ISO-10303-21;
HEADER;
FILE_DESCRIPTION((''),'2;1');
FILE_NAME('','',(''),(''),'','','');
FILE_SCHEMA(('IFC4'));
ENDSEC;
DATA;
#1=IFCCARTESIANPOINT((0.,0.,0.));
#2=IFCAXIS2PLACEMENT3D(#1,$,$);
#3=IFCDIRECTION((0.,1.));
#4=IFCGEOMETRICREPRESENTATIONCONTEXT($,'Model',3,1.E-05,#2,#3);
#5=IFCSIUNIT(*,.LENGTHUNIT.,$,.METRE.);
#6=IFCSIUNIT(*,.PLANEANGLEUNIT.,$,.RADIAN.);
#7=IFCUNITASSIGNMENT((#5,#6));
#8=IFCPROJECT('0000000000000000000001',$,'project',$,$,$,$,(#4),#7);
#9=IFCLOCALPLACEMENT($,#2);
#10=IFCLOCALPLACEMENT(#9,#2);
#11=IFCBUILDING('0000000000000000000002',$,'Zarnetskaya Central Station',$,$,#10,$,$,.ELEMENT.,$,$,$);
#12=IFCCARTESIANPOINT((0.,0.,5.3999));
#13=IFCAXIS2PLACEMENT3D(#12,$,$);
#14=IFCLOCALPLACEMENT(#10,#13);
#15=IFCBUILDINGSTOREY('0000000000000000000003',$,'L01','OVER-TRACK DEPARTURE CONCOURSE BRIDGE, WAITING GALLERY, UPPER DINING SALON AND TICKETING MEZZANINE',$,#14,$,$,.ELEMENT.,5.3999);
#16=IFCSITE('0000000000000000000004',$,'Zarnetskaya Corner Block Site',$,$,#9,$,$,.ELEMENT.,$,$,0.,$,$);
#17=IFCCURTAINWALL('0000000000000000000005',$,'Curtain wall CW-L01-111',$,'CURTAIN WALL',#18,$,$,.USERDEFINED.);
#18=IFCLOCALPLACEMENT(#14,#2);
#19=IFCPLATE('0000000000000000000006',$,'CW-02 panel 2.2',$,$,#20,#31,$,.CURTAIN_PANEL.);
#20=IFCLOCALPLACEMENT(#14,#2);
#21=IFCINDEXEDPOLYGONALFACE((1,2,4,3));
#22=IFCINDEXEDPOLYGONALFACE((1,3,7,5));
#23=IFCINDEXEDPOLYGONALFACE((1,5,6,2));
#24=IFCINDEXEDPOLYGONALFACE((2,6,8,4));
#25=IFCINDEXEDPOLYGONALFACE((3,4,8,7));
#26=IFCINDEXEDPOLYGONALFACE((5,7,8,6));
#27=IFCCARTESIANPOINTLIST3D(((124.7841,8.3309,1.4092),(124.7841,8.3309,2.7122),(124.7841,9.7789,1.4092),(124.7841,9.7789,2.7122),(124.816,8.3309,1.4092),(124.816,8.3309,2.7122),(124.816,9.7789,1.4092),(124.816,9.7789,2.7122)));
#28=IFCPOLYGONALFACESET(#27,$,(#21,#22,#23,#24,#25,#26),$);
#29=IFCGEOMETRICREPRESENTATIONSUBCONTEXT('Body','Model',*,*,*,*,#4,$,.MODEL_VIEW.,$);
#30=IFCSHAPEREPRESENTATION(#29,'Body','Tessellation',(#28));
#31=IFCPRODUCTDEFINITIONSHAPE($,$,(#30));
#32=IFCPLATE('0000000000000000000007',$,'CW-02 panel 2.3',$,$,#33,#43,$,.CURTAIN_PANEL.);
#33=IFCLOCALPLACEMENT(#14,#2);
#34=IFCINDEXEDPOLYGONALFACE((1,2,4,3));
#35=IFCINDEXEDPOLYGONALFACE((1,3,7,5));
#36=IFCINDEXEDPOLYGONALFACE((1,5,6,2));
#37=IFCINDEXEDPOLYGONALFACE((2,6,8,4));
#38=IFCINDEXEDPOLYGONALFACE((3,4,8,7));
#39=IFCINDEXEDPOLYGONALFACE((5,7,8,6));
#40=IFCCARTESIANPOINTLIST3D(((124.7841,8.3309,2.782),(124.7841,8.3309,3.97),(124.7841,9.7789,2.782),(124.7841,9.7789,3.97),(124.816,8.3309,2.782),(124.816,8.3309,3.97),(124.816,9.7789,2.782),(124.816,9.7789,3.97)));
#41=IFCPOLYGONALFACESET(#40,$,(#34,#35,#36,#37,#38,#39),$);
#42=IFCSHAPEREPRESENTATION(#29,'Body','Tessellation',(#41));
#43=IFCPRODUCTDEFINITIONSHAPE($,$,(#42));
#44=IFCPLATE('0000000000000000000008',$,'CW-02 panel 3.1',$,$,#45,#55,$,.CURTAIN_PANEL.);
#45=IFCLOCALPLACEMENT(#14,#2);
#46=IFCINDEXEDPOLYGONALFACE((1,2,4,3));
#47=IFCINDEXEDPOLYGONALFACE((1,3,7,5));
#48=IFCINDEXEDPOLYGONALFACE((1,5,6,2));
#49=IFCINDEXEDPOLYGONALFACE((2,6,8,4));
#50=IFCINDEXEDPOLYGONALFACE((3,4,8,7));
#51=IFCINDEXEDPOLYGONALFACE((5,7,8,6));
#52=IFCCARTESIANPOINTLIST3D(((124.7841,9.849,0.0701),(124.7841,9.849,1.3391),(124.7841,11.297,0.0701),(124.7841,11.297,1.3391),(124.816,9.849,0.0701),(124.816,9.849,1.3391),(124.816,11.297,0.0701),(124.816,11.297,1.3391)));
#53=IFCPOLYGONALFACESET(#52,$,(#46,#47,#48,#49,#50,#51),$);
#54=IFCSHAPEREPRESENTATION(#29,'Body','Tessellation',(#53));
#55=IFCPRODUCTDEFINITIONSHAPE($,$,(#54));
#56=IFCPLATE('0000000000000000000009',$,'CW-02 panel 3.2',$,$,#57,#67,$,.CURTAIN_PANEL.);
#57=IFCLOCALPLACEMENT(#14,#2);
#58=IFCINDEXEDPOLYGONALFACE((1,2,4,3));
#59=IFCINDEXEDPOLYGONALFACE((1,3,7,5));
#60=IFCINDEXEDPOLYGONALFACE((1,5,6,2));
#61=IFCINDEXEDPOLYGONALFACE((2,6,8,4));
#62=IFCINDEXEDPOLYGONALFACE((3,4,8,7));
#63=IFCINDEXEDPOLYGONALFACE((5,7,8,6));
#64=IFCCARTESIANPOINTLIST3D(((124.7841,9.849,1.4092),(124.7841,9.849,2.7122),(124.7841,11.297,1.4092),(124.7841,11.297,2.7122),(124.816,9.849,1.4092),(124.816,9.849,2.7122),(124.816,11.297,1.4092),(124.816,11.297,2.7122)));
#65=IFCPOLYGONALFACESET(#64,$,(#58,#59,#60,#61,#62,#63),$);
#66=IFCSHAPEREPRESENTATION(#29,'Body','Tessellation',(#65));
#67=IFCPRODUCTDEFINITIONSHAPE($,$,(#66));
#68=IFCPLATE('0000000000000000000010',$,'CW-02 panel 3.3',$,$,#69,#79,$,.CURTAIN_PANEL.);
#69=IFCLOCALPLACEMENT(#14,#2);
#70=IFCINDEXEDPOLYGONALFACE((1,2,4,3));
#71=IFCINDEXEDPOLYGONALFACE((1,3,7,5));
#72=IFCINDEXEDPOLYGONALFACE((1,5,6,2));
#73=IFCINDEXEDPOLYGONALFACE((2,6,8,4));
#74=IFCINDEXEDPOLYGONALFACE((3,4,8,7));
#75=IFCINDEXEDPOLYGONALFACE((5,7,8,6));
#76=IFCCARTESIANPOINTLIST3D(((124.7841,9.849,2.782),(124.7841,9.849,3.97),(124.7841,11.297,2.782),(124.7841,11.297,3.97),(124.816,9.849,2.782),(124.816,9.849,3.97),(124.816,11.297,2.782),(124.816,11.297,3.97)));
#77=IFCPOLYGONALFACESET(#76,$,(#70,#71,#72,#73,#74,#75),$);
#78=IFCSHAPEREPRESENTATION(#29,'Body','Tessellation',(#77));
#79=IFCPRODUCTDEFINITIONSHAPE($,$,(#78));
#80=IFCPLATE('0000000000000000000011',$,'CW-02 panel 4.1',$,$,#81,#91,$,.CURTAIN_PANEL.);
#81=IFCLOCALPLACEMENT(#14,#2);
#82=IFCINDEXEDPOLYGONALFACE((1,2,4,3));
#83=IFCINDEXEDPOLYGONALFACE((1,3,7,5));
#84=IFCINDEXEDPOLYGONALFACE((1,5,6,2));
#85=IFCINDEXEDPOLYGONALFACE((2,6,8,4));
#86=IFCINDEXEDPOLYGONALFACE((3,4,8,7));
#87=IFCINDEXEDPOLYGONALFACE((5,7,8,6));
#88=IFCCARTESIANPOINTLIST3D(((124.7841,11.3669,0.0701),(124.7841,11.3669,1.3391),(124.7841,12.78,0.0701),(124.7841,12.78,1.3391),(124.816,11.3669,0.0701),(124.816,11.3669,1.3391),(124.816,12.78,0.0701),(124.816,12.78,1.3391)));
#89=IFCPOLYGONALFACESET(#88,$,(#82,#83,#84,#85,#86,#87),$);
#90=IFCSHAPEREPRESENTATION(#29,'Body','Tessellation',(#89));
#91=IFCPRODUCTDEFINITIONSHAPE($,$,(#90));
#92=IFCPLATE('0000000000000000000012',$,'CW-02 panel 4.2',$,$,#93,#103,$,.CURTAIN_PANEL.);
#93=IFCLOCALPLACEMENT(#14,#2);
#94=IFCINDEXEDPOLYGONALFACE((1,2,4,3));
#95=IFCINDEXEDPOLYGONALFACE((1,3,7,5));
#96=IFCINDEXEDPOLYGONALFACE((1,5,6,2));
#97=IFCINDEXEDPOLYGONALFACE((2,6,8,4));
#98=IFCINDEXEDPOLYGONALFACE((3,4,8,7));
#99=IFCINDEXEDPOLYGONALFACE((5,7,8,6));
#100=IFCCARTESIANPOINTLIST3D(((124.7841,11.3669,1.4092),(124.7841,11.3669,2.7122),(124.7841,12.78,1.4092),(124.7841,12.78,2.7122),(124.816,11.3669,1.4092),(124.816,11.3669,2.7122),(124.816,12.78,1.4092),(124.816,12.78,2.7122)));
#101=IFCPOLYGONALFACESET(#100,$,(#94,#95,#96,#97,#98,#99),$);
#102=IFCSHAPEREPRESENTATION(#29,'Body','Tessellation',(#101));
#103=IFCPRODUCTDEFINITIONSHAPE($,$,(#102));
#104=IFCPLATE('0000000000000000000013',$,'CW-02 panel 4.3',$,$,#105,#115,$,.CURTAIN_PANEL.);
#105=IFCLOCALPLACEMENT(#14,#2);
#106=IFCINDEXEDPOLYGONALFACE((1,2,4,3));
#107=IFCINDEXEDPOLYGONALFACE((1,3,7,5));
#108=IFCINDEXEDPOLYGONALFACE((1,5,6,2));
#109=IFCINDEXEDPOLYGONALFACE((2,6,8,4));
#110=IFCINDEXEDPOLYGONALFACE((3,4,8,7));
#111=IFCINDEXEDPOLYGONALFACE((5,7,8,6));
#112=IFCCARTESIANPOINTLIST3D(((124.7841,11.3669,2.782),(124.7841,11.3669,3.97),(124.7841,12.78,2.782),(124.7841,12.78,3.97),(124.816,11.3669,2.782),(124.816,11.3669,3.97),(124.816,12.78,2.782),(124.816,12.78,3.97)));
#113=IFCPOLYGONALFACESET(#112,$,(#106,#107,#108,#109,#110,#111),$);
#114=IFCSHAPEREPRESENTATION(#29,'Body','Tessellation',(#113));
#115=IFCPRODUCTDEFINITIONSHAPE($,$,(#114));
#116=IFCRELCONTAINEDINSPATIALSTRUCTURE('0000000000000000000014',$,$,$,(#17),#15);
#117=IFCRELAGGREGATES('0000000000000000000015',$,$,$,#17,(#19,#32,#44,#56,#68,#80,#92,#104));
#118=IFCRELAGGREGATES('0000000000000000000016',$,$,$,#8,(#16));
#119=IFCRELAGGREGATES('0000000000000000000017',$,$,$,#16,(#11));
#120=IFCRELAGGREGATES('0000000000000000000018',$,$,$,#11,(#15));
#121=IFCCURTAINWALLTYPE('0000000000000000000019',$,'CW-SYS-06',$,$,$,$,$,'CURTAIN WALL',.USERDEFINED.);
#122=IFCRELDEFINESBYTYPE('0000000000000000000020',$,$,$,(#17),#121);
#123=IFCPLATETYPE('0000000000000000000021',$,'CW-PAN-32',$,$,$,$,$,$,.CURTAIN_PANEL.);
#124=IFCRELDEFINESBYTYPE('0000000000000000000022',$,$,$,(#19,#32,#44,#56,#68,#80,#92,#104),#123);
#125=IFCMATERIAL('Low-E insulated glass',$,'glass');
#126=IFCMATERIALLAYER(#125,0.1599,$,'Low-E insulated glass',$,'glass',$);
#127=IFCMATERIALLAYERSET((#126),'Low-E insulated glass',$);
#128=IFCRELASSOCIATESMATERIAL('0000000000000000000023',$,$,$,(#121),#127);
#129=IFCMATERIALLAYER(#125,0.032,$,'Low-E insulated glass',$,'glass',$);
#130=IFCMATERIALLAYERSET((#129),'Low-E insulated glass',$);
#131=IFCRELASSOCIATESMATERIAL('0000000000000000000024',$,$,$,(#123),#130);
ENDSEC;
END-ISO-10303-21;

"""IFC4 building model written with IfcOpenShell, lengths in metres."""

from ifc_helpers import new_model, si_unit, direction, frame, origin, origin_2d, place, context, subcontext, project, spatial, rectangle, extrude, material, layer, layer_set, type_object, element, aggregate, save


model = new_model("IFC4")

# Units and contexts
model_context = context("Model", 3, precision=1e-05, world=origin(), true_north=direction((0.0, 1.0)))
body_context = subcontext(model_context, "Body", "Model", "MODEL_VIEW")
ifc_project = project(units=[si_unit("LENGTHUNIT", "METRE"), si_unit("PLANEANGLEUNIT", "RADIAN")], contexts=[model_context])

# Site, building, storey
site_placement = place(None, origin())
site = spatial("IfcSite", under=ifc_project, at=site_placement, Name="Zarnetskaya Corner Block Site", CompositionType="ELEMENT", RefElevation=0.0)
building_placement = place(site_placement, origin())
building = spatial("IfcBuilding", under=site, at=building_placement, Name="Zarnetskaya Central Station", CompositionType="ELEMENT")
storey_placement = place(building_placement, frame((0.0, 0.0, 5.3999)))
storey = spatial("IfcBuildingStorey", under=building, at=storey_placement, Name="L01", Description="OVER-TRACK DEPARTURE CONCOURSE BRIDGE, WAITING GALLERY, UPPER DINING SALON AND TICKETING MEZZANINE", CompositionType="ELEMENT", Elevation=5.3999)

# Curtain wall
ifc_material_1 = material(Name="Low-E insulated glass", Category="glass")
ifc_layer_1 = layer(ifc_material_1, 0.1599, Name="Low-E insulated glass", Category="glass")
ifc_layer_set_1 = layer_set([ifc_layer_1], Name="Low-E insulated glass")
curtain_wall_type = type_object("IfcCurtainWallType", Name="CW-SYS-06", ElementType="CURTAIN WALL", PredefinedType="USERDEFINED", material=ifc_layer_set_1)
curtain_wall_placement = place(storey_placement, origin())
curtain_wall = element("IfcCurtainWall", 1, at=curtain_wall_placement, inside=storey, type_object=curtain_wall_type, Name="Curtain wall CW-L01-111", ObjectType="CURTAIN WALL", PredefinedType="USERDEFINED")

# Plates
ifc_layer_2 = layer(ifc_material_1, 0.032, Name="Low-E insulated glass", Category="glass")
ifc_layer_set_2 = layer_set([ifc_layer_2], Name="Low-E insulated glass")
plate_type = type_object("IfcPlateType", Name="CW-PAN-32", PredefinedType="CURTAIN_PANEL", material=ifc_layer_set_2)
plate_1_placement = place(storey_placement, frame((124.8, 9.0549, 1.4092), z_axis=(0.0, 0.0, 1.0), x_axis=(0.0, 1.0, 0.0)))
plate_1 = element("IfcPlate", 2, at=plate_1_placement, type_object=plate_type, Name="CW-02 panel 2.2", PredefinedType="CURTAIN_PANEL", context=body_context, shape_type="SweptSolid", body=[
    extrude(rectangle(XDim=1.448, YDim=0.032, at=origin_2d()), origin(), (0.0, 0.0, 1.0), 1.303),
])
plate_2_placement = place(storey_placement, frame((124.8, 9.0549, 2.782), z_axis=(0.0, 0.0, 1.0), x_axis=(0.0, 1.0, 0.0)))
plate_2 = element("IfcPlate", 3, at=plate_2_placement, type_object=plate_type, Name="CW-02 panel 2.3", PredefinedType="CURTAIN_PANEL", context=body_context, shape_type="SweptSolid", body=[
    extrude(rectangle(XDim=1.448, YDim=0.032, at=origin_2d()), origin(), (0.0, 0.0, 1.0), 1.188),
])
plate_3_placement = place(storey_placement, frame((124.8, 10.573, 0.0701), z_axis=(0.0, 0.0, 1.0), x_axis=(0.0, 1.0, 0.0)))
plate_3 = element("IfcPlate", 4, at=plate_3_placement, type_object=plate_type, Name="CW-02 panel 3.1", PredefinedType="CURTAIN_PANEL", context=body_context, shape_type="SweptSolid", body=[
    extrude(rectangle(XDim=1.448, YDim=0.032, at=origin_2d()), origin(), (0.0, 0.0, 1.0), 1.269),
])
plate_4_placement = place(storey_placement, frame((124.8, 10.573, 1.4092), z_axis=(0.0, 0.0, 1.0), x_axis=(0.0, 1.0, 0.0)))
plate_4 = element("IfcPlate", 5, at=plate_4_placement, type_object=plate_type, Name="CW-02 panel 3.2", PredefinedType="CURTAIN_PANEL", context=body_context, shape_type="SweptSolid", body=[
    extrude(rectangle(XDim=1.448, YDim=0.032, at=origin_2d()), origin(), (0.0, 0.0, 1.0), 1.303),
])
plate_5_placement = place(storey_placement, frame((124.8, 10.573, 2.782), z_axis=(0.0, 0.0, 1.0), x_axis=(0.0, 1.0, 0.0)))
plate_5 = element("IfcPlate", 6, at=plate_5_placement, type_object=plate_type, Name="CW-02 panel 3.3", PredefinedType="CURTAIN_PANEL", context=body_context, shape_type="SweptSolid", body=[
    extrude(rectangle(XDim=1.448, YDim=0.032, at=origin_2d()), origin(), (0.0, 0.0, 1.0), 1.188),
])
plate_6_placement = place(storey_placement, frame((124.8, 12.0735, 0.0701), z_axis=(0.0, 0.0, 1.0), x_axis=(0.0, 1.0, 0.0)))
plate_6 = element("IfcPlate", 7, at=plate_6_placement, type_object=plate_type, Name="CW-02 panel 4.1", PredefinedType="CURTAIN_PANEL", context=body_context, shape_type="SweptSolid", body=[
    extrude(rectangle(XDim=1.4131, YDim=0.032, at=origin_2d()), origin(), (0.0, 0.0, 1.0), 1.269),
])
plate_7_placement = place(storey_placement, frame((124.8, 12.0735, 1.4092), z_axis=(0.0, 0.0, 1.0), x_axis=(0.0, 1.0, 0.0)))
plate_7 = element("IfcPlate", 8, at=plate_7_placement, type_object=plate_type, Name="CW-02 panel 4.2", PredefinedType="CURTAIN_PANEL", context=body_context, shape_type="SweptSolid", body=[
    extrude(rectangle(XDim=1.4131, YDim=0.032, at=origin_2d()), origin(), (0.0, 0.0, 1.0), 1.303),
])
plate_8_placement = place(storey_placement, frame((124.8, 12.0735, 2.782), z_axis=(0.0, 0.0, 1.0), x_axis=(0.0, 1.0, 0.0)))
plate_8 = element("IfcPlate", 9, at=plate_8_placement, type_object=plate_type, Name="CW-02 panel 4.3", PredefinedType="CURTAIN_PANEL", context=body_context, shape_type="SweptSolid", body=[
    extrude(rectangle(XDim=1.4131, YDim=0.032, at=origin_2d()), origin(), (0.0, 0.0, 1.0), 1.188),
])
aggregate(curtain_wall, [plate_1, plate_2, plate_3, plate_4, plate_5, plate_6, plate_7, plate_8])

save(model, "model.ifc")
